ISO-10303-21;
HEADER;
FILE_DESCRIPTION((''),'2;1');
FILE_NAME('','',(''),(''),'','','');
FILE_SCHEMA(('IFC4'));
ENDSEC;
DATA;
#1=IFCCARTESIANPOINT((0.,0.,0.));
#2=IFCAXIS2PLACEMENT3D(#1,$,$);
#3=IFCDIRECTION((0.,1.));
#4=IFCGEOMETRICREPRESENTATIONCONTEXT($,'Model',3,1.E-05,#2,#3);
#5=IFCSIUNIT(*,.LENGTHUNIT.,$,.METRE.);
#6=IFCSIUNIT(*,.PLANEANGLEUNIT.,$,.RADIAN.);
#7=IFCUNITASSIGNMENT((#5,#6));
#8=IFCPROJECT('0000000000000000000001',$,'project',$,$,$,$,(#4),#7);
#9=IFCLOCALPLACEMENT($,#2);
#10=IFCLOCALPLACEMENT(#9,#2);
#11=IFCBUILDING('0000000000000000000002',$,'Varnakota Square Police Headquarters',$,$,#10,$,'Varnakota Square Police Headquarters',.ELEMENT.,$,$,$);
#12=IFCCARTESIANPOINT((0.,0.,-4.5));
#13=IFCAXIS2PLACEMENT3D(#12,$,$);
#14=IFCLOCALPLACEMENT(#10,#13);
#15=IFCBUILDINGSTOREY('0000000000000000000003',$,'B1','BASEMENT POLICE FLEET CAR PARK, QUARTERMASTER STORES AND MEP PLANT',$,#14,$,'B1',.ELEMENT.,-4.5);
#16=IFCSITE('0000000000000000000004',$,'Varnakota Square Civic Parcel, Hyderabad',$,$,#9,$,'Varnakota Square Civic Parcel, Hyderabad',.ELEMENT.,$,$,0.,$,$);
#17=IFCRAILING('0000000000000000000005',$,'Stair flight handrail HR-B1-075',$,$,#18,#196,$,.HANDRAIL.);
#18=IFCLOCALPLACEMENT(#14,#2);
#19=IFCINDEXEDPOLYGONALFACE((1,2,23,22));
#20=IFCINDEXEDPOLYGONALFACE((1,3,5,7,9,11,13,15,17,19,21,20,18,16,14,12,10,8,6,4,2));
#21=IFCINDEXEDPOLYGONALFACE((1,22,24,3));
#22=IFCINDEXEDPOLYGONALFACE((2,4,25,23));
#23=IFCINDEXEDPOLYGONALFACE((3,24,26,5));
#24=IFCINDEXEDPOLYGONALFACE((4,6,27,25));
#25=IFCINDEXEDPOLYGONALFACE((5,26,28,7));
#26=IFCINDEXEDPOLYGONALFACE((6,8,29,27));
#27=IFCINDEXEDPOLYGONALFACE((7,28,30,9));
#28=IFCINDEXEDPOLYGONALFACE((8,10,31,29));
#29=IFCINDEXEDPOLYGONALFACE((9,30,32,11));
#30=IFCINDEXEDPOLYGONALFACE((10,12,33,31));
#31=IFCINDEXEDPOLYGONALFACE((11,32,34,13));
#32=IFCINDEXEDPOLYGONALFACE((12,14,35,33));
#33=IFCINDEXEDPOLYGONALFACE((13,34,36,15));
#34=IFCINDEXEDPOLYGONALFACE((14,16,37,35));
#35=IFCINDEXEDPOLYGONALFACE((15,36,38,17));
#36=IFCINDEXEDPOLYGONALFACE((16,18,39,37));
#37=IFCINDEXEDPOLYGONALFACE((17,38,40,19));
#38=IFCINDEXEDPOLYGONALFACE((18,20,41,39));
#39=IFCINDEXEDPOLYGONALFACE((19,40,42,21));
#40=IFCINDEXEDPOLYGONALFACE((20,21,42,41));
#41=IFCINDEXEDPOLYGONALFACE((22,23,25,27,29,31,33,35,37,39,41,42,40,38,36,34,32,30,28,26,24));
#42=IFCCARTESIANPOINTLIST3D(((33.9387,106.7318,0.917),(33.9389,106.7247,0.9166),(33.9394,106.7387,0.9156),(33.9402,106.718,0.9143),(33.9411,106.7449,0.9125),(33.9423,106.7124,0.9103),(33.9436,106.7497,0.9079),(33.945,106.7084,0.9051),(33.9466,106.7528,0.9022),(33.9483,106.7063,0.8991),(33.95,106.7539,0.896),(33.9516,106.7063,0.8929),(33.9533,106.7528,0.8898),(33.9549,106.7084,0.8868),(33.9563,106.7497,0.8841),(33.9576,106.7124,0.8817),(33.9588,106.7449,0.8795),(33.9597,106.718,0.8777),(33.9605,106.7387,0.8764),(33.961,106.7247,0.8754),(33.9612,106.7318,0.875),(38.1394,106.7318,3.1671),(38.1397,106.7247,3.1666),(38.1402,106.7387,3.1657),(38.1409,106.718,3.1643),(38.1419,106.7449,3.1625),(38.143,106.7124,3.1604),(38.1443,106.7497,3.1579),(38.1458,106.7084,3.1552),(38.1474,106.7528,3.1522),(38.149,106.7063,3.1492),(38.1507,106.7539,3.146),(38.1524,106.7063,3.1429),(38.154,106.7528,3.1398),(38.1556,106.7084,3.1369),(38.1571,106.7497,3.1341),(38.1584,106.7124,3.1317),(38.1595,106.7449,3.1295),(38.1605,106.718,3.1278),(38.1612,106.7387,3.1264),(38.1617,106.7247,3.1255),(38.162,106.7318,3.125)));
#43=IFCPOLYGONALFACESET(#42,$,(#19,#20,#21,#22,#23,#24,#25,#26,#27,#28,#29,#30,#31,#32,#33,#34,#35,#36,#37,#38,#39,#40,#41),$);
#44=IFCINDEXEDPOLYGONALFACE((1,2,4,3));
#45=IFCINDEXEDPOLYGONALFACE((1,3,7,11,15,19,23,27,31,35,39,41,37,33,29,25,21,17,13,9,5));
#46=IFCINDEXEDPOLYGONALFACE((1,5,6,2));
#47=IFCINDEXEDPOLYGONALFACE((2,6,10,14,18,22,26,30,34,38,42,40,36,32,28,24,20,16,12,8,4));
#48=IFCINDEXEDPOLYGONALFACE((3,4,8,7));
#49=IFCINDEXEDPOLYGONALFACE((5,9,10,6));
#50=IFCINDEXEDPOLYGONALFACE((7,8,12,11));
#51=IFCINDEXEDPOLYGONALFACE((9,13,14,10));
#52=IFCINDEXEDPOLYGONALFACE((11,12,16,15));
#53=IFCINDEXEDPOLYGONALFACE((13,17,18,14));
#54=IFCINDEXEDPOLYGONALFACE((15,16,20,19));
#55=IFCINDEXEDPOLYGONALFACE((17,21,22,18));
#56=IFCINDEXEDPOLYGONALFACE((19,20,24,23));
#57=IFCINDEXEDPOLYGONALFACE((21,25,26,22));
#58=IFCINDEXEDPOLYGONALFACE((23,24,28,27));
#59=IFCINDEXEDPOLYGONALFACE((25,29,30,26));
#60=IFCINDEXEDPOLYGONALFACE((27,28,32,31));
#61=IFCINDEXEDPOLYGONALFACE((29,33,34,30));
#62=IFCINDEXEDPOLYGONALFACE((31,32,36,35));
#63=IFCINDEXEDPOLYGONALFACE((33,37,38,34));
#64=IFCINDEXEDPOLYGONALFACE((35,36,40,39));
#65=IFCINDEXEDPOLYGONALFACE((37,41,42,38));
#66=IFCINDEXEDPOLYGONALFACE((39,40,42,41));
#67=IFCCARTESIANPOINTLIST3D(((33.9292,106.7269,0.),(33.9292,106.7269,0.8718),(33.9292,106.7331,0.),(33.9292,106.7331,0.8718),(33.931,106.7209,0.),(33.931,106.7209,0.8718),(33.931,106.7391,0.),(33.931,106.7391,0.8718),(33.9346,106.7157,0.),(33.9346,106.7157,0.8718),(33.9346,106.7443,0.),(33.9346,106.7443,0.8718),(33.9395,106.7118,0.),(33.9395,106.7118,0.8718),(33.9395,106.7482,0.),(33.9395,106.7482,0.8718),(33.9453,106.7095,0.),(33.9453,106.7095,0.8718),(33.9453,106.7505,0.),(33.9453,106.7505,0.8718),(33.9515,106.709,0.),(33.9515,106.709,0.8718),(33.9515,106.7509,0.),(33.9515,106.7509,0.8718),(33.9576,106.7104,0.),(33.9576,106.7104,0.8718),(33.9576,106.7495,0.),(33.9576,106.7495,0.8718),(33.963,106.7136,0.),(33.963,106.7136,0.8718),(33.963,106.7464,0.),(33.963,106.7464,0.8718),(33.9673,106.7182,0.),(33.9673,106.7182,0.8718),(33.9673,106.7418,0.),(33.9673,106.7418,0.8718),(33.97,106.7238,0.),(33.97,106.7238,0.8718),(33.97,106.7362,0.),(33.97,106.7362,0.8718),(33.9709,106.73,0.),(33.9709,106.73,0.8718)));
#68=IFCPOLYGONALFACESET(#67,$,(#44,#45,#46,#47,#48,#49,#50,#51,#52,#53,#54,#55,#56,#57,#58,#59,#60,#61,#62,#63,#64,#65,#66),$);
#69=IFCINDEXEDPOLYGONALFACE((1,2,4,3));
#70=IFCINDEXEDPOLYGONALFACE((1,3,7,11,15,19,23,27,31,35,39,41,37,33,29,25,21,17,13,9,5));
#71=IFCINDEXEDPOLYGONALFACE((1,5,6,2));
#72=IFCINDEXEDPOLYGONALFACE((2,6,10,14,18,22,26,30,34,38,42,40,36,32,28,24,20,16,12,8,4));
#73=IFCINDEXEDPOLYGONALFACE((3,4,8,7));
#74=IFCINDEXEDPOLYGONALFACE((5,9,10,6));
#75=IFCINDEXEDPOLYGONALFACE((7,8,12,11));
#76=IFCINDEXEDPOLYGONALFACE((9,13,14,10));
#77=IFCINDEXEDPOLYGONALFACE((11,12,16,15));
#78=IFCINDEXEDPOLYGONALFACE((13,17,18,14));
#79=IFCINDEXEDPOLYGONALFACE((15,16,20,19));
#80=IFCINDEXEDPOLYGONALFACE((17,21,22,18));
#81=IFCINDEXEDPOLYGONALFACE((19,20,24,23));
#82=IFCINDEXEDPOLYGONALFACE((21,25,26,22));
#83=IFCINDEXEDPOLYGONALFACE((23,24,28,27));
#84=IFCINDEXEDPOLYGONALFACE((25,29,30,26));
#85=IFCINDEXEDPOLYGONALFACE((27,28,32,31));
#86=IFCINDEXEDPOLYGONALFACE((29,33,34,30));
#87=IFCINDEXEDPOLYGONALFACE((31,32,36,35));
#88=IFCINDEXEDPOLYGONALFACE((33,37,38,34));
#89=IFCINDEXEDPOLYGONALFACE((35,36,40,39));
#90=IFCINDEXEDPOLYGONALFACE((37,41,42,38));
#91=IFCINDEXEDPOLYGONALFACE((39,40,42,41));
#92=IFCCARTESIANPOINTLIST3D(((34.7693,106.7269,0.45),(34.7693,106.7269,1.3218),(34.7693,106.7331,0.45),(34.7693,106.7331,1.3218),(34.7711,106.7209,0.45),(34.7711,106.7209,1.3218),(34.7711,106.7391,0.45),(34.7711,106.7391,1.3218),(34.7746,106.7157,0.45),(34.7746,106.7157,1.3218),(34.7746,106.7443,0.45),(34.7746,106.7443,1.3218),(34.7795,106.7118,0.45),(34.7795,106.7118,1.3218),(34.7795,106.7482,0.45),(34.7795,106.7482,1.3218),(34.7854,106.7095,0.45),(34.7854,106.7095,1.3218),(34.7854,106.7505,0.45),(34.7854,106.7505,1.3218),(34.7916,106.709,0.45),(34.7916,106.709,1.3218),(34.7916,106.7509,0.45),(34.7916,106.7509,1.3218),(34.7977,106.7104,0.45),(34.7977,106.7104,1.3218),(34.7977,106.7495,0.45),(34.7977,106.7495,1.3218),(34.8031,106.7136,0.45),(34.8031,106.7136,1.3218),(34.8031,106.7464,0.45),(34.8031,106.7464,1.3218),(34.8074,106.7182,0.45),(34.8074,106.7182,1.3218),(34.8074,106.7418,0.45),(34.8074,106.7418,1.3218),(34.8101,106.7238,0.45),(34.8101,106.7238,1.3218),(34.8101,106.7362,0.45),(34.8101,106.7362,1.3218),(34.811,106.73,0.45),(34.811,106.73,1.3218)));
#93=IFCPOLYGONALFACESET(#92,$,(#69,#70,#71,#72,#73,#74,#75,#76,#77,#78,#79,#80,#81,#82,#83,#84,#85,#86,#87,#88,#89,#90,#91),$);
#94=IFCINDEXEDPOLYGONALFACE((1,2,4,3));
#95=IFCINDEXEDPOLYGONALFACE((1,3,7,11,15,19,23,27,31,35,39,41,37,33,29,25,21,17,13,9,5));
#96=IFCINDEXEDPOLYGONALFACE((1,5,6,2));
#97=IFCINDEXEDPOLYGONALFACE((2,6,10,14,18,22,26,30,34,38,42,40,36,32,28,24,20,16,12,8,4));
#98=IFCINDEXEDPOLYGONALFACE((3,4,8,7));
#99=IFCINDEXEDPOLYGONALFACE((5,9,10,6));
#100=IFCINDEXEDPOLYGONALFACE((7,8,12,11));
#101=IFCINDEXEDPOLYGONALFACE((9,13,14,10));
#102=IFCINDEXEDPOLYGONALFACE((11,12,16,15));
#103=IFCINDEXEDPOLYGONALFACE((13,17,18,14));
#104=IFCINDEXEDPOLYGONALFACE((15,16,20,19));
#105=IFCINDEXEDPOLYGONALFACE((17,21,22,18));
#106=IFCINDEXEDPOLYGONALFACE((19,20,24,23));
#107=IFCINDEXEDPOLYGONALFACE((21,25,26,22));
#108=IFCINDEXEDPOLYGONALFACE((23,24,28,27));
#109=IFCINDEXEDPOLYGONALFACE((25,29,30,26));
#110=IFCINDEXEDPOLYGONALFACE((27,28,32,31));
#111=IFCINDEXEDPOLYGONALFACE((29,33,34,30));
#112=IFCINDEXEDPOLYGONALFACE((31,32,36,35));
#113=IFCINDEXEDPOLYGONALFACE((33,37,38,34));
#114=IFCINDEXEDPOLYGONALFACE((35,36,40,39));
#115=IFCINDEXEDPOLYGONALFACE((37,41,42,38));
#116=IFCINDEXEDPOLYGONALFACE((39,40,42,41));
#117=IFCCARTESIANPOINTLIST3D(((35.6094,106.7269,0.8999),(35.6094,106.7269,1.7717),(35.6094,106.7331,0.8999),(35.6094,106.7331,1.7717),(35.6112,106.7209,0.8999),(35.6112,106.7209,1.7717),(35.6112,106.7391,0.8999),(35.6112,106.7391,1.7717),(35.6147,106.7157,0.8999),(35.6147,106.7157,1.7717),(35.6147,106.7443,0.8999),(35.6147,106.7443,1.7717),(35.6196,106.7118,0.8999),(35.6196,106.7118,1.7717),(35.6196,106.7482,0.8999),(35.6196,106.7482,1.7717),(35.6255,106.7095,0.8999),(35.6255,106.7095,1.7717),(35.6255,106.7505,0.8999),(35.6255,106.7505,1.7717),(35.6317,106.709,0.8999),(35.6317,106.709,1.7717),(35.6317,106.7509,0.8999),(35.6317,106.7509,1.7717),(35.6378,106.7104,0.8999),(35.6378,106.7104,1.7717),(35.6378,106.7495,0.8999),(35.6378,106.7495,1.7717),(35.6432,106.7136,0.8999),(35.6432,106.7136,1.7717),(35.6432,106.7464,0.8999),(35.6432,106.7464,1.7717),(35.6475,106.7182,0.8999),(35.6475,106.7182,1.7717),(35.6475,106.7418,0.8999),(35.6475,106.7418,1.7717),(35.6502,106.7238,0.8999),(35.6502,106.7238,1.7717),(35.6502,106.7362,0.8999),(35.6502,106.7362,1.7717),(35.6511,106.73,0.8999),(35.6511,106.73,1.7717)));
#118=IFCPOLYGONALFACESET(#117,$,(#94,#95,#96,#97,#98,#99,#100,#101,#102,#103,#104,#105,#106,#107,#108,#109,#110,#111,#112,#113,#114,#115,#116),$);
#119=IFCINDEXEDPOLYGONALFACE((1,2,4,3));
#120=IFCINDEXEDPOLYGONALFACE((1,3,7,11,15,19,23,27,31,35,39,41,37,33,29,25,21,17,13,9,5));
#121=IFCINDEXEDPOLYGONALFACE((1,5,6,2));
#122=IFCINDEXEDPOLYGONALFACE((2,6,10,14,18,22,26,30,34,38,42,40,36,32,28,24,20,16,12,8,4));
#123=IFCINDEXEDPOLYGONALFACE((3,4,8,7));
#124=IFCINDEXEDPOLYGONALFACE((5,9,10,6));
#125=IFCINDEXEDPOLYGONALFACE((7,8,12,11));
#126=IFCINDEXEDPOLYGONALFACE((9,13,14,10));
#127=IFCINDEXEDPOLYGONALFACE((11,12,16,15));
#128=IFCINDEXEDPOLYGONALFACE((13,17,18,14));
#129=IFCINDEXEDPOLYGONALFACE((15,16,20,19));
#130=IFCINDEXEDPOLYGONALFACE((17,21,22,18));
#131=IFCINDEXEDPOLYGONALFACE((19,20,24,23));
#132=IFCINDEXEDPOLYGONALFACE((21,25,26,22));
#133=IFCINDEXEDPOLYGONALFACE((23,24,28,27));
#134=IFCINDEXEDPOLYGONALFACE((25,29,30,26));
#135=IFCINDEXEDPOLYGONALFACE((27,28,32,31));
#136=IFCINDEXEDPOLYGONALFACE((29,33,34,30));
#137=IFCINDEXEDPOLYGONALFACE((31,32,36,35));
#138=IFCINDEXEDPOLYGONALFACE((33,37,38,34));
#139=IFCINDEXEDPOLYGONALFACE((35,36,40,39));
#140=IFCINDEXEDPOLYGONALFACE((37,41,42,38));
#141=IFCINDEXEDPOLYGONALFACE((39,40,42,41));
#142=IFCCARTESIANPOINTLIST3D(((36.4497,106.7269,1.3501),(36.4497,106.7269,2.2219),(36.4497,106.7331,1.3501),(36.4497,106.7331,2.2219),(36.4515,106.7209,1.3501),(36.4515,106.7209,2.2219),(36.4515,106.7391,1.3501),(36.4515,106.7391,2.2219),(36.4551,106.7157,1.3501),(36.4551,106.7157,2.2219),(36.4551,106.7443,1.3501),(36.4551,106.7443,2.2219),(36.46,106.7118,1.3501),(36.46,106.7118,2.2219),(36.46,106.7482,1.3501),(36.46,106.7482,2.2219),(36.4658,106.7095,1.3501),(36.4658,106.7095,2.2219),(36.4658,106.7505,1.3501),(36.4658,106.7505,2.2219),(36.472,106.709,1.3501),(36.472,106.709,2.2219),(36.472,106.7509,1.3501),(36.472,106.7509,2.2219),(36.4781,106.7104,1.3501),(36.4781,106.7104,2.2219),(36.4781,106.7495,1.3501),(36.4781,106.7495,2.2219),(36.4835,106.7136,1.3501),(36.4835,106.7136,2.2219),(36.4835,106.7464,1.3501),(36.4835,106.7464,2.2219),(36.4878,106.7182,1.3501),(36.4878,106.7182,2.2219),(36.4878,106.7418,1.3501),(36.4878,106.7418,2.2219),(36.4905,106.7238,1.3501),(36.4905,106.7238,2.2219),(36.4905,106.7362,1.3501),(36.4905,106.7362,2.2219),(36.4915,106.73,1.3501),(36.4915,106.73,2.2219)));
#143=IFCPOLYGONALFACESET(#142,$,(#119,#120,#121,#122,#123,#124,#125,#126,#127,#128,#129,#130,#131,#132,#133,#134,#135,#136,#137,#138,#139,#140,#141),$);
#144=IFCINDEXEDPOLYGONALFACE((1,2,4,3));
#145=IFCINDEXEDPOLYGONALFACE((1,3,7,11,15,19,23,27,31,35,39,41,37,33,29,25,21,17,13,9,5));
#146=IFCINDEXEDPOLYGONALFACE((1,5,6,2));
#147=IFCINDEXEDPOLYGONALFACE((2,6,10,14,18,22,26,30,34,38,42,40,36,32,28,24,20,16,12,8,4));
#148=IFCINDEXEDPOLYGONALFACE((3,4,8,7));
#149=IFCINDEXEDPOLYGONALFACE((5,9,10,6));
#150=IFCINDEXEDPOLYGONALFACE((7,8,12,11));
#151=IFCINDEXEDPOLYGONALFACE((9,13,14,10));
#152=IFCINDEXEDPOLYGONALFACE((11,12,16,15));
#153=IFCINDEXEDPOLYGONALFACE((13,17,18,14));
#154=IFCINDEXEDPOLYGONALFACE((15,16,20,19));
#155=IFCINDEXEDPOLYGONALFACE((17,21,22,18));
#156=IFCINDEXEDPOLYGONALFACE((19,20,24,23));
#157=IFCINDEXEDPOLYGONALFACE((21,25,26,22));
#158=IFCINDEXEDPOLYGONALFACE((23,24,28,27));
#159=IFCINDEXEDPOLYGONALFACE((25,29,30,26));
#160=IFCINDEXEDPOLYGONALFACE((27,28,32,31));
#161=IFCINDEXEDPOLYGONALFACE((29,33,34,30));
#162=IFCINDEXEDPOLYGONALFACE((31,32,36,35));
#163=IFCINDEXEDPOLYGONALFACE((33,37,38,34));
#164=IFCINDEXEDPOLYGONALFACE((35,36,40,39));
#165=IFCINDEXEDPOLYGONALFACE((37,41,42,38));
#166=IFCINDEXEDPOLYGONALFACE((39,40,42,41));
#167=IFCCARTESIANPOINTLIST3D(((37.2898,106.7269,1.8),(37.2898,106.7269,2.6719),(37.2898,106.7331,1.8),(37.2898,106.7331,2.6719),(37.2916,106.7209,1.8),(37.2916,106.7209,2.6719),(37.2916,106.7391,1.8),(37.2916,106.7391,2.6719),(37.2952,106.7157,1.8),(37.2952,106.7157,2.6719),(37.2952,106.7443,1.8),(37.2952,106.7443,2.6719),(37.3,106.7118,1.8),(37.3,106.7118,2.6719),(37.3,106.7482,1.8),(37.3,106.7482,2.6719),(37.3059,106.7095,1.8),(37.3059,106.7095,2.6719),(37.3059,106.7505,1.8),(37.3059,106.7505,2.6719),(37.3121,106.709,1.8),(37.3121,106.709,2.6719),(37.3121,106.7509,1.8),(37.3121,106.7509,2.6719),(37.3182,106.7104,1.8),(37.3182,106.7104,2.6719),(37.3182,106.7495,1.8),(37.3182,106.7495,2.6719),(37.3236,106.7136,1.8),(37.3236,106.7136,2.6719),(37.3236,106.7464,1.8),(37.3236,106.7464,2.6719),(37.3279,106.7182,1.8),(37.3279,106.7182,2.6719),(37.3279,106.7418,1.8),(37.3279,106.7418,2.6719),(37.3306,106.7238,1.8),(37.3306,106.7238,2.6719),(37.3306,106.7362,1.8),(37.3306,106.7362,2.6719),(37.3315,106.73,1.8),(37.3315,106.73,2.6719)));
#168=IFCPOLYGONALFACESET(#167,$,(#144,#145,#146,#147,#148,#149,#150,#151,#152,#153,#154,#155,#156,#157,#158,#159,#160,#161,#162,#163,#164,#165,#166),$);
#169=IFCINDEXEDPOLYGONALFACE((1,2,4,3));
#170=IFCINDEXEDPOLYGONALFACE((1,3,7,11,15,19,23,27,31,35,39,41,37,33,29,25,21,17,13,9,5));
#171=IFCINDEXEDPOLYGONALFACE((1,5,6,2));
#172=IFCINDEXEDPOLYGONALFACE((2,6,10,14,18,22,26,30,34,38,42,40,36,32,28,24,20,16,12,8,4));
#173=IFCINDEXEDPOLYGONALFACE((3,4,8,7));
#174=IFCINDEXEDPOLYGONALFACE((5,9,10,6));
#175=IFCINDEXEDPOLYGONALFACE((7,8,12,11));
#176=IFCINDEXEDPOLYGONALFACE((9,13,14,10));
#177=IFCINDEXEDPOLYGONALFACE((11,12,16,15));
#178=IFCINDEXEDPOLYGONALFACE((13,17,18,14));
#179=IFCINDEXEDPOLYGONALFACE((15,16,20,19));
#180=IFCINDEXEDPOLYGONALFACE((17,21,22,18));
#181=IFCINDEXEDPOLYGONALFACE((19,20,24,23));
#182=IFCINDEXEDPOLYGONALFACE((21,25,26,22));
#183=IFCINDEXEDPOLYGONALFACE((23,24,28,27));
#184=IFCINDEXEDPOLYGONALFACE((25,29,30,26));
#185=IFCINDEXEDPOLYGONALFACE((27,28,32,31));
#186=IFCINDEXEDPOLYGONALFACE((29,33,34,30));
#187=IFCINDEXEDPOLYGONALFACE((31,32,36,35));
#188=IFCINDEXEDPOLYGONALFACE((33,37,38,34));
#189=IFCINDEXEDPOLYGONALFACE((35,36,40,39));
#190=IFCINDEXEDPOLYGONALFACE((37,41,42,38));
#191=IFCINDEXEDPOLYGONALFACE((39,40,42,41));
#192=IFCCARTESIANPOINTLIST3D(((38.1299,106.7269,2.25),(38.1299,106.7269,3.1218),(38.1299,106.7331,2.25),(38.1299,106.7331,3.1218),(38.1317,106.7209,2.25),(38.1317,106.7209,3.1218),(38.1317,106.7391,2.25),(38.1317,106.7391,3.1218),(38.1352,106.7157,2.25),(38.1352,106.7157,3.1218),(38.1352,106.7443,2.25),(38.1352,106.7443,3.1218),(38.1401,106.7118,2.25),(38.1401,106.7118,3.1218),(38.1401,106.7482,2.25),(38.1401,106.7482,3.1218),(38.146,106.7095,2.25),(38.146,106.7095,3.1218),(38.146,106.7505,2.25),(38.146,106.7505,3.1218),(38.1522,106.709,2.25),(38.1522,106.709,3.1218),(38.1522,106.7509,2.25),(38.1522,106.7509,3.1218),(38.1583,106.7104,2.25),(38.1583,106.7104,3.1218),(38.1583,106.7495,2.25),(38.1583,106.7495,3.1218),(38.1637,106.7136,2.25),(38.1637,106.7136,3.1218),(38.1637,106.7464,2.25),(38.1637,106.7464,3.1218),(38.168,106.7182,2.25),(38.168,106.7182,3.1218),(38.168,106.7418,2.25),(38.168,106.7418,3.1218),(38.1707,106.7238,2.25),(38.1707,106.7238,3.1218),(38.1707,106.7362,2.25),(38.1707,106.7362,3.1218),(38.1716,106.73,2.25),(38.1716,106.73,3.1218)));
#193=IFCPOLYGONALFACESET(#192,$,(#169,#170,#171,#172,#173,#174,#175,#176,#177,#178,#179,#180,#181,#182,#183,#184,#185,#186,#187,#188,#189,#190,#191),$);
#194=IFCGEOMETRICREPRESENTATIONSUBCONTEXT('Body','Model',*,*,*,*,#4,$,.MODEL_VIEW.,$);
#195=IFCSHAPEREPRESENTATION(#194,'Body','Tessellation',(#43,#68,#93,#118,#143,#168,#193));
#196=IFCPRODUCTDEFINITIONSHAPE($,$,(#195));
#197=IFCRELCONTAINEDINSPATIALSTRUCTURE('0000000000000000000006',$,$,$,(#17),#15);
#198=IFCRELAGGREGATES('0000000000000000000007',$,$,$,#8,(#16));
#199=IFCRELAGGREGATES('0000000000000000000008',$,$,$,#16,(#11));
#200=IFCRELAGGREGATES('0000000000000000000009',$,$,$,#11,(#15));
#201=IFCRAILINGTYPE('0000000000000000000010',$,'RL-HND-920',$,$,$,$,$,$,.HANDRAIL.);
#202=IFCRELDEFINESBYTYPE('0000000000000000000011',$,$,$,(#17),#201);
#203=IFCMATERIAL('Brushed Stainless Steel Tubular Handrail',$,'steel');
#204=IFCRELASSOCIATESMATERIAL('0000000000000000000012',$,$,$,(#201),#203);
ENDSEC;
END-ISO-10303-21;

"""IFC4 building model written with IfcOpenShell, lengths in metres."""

from ifc_helpers import new_model, si_unit, direction, frame, origin, origin_2d, place, context, subcontext, project, spatial, circle, extrude, material, type_object, element, save


model = new_model("IFC4")

# Units and contexts
model_context = context("Model", 3, precision=1e-05, world=origin(), true_north=direction((0.0, 1.0)))
body_context = subcontext(model_context, "Body", "Model", "MODEL_VIEW")
ifc_project = project(units=[si_unit("LENGTHUNIT", "METRE"), si_unit("PLANEANGLEUNIT", "RADIAN")], contexts=[model_context])

# Site, building, storey
site_placement = place(None, origin())
site = spatial("IfcSite", under=ifc_project, at=site_placement, Name="Varnakota Square Civic Parcel, Hyderabad", LongName="Varnakota Square Civic Parcel, Hyderabad", CompositionType="ELEMENT", RefElevation=0.0)
building_placement = place(site_placement, origin())
building = spatial("IfcBuilding", under=site, at=building_placement, Name="Varnakota Square Police Headquarters", LongName="Varnakota Square Police Headquarters", CompositionType="ELEMENT")
storey_placement = place(building_placement, frame((0.0, 0.0, -4.5)))
storey = spatial("IfcBuildingStorey", under=building, at=storey_placement, Name="B1", Description="BASEMENT POLICE FLEET CAR PARK, QUARTERMASTER STORES AND MEP PLANT", LongName="B1", CompositionType="ELEMENT", Elevation=-4.5)

# Railing
ifc_material_1 = material(Name="Brushed Stainless Steel Tubular Handrail", Category="steel")
railing_type = type_object("IfcRailingType", Name="RL-HND-920", PredefinedType="HANDRAIL", material=ifc_material_1)
railing_placement = place(storey_placement, frame((33.95, 106.73, 0.0)))
element("IfcRailing", 1, at=railing_placement, inside=storey, type_object=railing_type, Name="Stair flight handrail HR-B1-075", PredefinedType="HANDRAIL", context=body_context, shape_type="SweptSolid", body=[
    extrude(circle(Radius=0.0239, at=origin_2d()), frame((0.0, 0.0, 0.896), z_axis=(0.881512, 0.0, 0.472162), x_axis=(0.0, 1.0, 0.0)), (0.0, 0.0, 1.0), 4.7654),
    extrude(circle(Radius=0.021, at=origin_2d()), origin(), (0.0, 0.0, 1.0), 0.8718),
    extrude(circle(Radius=0.021, at=origin_2d()), frame((0.8401, 0.0, 0.45)), (0.0, 0.0, 1.0), 0.8718),
    extrude(circle(Radius=0.021, at=origin_2d()), frame((1.6802, 0.0, 0.8999)), (0.0, 0.0, 1.0), 0.8718),
    extrude(circle(Radius=0.021, at=origin_2d()), frame((2.5205, 0.0, 1.3501)), (0.0, 0.0, 1.0), 0.8718),
    extrude(circle(Radius=0.021, at=origin_2d()), frame((3.3606, 0.0, 1.8)), (0.0, 0.0, 1.0), 0.8718),
    extrude(circle(Radius=0.021, at=origin_2d()), frame((4.2007, 0.0, 2.25)), (0.0, 0.0, 1.0), 0.8718),
])

save(model, "model.ifc")
